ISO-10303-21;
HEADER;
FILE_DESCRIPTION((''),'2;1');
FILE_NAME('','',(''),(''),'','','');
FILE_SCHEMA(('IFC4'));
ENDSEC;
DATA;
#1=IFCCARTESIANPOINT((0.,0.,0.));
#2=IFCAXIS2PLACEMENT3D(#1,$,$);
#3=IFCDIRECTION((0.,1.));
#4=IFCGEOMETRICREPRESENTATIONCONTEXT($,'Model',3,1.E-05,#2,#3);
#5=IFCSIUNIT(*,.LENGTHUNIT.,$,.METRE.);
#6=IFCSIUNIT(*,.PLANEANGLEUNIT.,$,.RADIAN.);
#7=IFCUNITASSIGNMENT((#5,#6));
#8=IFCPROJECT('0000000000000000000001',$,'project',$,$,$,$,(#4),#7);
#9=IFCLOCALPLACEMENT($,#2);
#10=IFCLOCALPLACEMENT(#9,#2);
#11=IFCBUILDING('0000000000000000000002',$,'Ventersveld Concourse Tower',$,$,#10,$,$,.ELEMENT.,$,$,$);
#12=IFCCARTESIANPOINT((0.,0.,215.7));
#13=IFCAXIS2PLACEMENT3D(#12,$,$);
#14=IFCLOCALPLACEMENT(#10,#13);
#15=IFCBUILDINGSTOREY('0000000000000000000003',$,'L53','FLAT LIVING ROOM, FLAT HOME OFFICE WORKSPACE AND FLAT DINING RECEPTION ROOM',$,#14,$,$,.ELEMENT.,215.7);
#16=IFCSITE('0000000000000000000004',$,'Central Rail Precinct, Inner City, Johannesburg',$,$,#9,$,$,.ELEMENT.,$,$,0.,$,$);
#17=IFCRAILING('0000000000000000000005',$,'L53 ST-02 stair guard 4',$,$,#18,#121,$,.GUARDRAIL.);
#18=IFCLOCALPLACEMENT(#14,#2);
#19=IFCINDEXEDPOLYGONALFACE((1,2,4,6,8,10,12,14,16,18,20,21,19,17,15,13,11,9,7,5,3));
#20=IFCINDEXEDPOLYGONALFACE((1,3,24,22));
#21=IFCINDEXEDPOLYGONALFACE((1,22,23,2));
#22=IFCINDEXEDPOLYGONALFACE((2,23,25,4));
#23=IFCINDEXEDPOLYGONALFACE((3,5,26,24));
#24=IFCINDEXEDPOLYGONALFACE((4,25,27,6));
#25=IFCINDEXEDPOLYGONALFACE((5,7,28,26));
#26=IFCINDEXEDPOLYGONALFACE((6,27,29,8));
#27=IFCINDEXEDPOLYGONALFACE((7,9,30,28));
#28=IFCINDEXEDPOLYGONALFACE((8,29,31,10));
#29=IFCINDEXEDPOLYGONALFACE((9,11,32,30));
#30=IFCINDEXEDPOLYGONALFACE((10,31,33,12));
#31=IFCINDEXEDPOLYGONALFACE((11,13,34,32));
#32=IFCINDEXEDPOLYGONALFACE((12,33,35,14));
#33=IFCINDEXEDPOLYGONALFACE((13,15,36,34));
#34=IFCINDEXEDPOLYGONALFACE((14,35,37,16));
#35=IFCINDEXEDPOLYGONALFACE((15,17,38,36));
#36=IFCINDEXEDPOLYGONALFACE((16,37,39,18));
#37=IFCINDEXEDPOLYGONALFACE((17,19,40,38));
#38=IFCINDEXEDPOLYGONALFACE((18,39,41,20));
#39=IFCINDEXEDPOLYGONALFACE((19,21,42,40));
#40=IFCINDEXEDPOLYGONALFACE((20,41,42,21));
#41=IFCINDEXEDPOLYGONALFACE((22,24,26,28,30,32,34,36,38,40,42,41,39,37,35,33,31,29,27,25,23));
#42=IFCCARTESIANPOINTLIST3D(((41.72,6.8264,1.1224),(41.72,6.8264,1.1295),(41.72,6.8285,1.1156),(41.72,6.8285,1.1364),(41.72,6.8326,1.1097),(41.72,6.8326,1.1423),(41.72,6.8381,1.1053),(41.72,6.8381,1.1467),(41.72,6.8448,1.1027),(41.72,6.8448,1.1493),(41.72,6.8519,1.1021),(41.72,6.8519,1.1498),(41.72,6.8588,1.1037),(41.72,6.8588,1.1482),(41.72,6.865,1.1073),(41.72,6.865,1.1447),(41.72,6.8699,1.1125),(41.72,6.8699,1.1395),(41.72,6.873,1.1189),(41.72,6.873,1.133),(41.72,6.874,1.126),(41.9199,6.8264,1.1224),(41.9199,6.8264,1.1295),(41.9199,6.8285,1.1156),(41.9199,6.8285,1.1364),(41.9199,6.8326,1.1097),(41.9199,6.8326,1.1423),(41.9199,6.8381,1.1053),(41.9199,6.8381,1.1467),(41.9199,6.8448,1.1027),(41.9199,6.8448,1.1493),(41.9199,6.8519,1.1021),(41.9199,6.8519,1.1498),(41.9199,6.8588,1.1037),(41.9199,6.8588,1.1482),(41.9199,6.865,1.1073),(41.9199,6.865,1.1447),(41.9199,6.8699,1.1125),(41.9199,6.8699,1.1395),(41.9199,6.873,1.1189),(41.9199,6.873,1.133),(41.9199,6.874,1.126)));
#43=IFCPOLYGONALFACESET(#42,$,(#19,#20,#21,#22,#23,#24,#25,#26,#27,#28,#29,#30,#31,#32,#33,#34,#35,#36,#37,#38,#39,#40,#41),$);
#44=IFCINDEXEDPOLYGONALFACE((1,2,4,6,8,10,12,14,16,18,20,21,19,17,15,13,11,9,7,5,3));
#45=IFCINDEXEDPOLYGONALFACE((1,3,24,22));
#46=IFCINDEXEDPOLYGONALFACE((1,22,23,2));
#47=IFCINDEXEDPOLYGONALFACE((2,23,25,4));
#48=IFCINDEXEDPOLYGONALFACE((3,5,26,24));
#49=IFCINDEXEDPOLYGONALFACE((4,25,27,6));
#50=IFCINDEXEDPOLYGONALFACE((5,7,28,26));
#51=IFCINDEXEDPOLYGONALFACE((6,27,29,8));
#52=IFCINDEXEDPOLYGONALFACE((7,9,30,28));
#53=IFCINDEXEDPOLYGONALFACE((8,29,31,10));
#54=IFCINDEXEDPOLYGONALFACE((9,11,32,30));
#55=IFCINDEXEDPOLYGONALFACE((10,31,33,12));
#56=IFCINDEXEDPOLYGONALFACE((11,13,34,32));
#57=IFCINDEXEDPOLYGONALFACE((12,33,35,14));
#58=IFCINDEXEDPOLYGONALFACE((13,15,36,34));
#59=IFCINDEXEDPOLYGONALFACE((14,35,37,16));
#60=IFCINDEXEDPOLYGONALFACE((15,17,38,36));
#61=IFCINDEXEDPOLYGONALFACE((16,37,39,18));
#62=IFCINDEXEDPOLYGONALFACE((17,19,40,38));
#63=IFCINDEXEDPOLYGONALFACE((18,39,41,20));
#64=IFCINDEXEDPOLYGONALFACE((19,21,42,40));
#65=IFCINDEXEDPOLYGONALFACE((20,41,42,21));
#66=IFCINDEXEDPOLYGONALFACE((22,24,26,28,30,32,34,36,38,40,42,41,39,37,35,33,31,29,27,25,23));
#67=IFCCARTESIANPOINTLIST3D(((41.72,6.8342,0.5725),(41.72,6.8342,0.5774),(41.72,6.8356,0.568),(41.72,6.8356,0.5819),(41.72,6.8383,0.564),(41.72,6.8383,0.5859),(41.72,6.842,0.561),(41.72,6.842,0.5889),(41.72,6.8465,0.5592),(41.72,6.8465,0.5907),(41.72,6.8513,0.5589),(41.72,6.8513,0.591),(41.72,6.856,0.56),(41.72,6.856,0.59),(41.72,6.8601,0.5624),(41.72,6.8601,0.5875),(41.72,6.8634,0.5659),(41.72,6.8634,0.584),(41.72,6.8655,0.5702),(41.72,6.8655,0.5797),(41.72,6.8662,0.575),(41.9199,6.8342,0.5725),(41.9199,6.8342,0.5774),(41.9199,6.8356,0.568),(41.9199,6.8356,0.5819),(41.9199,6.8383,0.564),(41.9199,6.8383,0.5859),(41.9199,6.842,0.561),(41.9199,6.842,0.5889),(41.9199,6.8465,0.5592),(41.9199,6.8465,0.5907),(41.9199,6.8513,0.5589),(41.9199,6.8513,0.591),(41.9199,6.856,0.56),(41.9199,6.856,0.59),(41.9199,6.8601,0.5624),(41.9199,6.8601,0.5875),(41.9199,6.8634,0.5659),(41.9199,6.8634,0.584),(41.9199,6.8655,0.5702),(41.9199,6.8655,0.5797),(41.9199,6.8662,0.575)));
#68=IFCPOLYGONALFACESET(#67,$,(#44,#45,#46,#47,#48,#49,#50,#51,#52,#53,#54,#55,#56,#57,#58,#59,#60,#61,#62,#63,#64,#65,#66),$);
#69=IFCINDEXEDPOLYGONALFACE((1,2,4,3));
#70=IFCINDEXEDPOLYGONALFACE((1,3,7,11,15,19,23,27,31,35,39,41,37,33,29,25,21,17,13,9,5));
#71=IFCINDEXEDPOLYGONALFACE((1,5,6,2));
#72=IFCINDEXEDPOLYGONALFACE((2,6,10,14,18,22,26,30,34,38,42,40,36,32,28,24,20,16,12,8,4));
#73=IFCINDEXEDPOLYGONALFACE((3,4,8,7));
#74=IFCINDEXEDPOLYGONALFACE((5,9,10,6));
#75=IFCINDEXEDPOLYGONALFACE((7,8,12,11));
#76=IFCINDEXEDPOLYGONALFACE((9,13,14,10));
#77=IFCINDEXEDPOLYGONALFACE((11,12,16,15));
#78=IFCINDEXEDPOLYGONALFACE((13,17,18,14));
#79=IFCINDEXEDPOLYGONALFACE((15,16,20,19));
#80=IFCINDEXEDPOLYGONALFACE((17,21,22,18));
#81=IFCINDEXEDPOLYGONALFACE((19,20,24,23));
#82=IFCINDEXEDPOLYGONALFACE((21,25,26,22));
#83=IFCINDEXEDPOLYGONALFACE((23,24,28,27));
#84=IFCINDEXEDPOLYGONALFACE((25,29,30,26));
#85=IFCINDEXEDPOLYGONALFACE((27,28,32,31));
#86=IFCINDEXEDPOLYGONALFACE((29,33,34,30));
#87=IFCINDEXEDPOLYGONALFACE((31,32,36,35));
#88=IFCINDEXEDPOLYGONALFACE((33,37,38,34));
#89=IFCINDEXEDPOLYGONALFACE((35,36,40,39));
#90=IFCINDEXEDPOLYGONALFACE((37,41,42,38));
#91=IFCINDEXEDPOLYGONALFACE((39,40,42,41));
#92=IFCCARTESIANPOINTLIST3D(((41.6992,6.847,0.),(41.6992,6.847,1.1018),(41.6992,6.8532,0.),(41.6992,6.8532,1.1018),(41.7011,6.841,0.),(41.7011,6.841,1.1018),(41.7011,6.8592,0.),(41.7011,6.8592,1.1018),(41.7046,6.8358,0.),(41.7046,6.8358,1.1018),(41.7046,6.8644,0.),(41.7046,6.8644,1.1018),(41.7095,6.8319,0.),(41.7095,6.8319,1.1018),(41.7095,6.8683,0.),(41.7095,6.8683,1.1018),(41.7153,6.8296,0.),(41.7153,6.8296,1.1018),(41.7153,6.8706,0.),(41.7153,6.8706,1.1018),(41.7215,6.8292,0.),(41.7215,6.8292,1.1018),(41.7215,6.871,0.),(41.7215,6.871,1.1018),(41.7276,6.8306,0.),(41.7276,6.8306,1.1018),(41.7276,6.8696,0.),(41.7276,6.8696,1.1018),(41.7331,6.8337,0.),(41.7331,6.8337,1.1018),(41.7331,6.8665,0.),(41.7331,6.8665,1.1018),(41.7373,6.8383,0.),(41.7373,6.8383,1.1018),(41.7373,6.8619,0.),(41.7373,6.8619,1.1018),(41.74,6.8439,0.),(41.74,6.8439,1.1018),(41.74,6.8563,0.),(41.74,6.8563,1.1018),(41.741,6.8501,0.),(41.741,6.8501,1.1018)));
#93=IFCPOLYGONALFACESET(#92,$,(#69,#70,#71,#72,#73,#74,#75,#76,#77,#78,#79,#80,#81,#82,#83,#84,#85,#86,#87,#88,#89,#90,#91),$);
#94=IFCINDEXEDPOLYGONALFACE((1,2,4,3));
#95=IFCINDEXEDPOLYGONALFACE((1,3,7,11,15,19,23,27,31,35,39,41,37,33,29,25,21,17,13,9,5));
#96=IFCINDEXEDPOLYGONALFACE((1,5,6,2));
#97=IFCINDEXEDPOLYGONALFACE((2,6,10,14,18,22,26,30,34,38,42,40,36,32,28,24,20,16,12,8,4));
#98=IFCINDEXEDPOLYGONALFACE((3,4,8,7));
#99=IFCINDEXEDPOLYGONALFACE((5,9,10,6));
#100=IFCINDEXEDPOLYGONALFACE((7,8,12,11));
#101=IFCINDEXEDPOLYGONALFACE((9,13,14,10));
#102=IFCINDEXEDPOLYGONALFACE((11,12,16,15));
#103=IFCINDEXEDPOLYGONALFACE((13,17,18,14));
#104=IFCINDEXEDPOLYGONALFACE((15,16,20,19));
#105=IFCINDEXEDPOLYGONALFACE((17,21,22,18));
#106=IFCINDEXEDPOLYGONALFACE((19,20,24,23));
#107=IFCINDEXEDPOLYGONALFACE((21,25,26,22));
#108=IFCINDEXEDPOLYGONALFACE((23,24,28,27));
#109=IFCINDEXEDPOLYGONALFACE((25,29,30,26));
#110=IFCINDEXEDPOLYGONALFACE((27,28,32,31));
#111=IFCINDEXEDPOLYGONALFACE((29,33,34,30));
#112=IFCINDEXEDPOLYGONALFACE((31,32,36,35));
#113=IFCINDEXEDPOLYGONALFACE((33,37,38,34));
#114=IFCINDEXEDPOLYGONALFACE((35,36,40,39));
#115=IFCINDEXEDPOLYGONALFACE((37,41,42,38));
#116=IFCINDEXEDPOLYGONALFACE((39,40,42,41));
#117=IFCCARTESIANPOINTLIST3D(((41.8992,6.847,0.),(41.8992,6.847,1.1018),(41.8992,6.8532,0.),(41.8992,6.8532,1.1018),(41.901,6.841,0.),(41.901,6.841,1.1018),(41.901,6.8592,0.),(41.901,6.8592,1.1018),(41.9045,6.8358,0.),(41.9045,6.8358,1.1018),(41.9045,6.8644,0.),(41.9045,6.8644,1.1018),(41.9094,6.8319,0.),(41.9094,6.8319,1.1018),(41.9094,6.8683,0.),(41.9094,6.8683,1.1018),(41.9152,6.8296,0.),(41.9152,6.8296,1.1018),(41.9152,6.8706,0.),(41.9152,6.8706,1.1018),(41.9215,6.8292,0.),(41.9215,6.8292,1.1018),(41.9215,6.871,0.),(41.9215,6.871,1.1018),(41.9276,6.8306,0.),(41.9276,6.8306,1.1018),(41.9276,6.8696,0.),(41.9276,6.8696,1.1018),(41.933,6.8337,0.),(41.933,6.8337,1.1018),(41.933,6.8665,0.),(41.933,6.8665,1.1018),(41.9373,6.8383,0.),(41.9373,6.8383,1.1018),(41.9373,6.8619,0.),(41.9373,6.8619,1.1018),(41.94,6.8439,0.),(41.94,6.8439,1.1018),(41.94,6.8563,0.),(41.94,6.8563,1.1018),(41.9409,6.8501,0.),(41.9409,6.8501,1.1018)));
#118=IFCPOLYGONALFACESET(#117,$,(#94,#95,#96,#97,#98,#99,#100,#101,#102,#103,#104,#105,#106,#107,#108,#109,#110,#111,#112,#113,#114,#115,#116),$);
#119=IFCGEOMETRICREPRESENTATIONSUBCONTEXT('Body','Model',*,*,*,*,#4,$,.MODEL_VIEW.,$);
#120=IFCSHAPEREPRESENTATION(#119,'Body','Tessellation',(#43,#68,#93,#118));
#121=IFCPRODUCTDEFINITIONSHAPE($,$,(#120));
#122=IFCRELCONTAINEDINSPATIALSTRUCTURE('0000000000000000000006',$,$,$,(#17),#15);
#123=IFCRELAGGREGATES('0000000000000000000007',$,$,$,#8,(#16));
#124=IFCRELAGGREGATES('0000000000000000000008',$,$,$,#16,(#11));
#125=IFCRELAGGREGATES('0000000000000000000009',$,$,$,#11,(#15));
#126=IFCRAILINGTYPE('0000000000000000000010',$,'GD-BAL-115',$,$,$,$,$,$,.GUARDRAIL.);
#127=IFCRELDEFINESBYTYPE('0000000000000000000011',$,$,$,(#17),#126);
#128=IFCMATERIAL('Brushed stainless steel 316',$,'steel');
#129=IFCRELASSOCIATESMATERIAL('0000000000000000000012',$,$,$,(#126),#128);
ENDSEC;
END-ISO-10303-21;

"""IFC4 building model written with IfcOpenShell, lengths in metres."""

from ifc_helpers import new_model, si_unit, direction, frame, origin, origin_2d, place, context, subcontext, project, spatial, circle, extrude, material, type_object, element, save


model = new_model("IFC4")

# Units and contexts
model_context = context("Model", 3, precision=1e-05, world=origin(), true_north=direction((0.0, 1.0)))
body_context = subcontext(model_context, "Body", "Model", "MODEL_VIEW")
ifc_project = project(units=[si_unit("LENGTHUNIT", "METRE"), si_unit("PLANEANGLEUNIT", "RADIAN")], contexts=[model_context])

# Site, building, storey
site_placement = place(None, origin())
site = spatial("IfcSite", under=ifc_project, at=site_placement, Name="Central Rail Precinct, Inner City, Johannesburg", CompositionType="ELEMENT", RefElevation=0.0)
building_placement = place(site_placement, origin())
building = spatial("IfcBuilding", under=site, at=building_placement, Name="Ventersveld Concourse Tower", CompositionType="ELEMENT")
storey_placement = place(building_placement, frame((0.0, 0.0, 215.7)))
storey = spatial("IfcBuildingStorey", under=building, at=storey_placement, Name="L53", Description="FLAT LIVING ROOM, FLAT HOME OFFICE WORKSPACE AND FLAT DINING RECEPTION ROOM", CompositionType="ELEMENT", Elevation=215.7)

# Shared definitions
ifc_material_1 = material(Name="Brushed stainless steel 316", Category="steel")

# Railing
railing_type_1 = type_object("IfcRailingType", Name="GD-BAL-115", PredefinedType="GUARDRAIL", material=ifc_material_1)
railing_1_placement = place(storey_placement, frame((41.72, 6.8501, 0.0)))
element("IfcRailing", 1, at=railing_1_placement, inside=storey, type_object=railing_type_1, Name="L53 ST-02 stair guard 4", PredefinedType="GUARDRAIL", context=body_context, shape_type="SweptSolid", body=[
    extrude(circle(Radius=0.0239, at=origin_2d()), frame((0.0, 0.0, 1.126), z_axis=(1.0, 0.0, 0.0), x_axis=(0.0, 1.0, 0.0)), (0.0, 0.0, 1.0), 0.2),
    extrude(circle(Radius=0.0161, at=origin_2d()), frame((0.0, 0.0, 0.575), z_axis=(1.0, 0.0, 0.0), x_axis=(0.0, 1.0, 0.0)), (0.0, 0.0, 1.0), 0.2),
    extrude(circle(Radius=0.021, at=origin_2d()), origin(), (0.0, 0.0, 1.0), 1.1018),
    extrude(circle(Radius=0.021, at=origin_2d()), frame((0.2, 0.0, 0.0)), (0.0, 0.0, 1.0), 1.1018),
])

save(model, "model.ifc")
